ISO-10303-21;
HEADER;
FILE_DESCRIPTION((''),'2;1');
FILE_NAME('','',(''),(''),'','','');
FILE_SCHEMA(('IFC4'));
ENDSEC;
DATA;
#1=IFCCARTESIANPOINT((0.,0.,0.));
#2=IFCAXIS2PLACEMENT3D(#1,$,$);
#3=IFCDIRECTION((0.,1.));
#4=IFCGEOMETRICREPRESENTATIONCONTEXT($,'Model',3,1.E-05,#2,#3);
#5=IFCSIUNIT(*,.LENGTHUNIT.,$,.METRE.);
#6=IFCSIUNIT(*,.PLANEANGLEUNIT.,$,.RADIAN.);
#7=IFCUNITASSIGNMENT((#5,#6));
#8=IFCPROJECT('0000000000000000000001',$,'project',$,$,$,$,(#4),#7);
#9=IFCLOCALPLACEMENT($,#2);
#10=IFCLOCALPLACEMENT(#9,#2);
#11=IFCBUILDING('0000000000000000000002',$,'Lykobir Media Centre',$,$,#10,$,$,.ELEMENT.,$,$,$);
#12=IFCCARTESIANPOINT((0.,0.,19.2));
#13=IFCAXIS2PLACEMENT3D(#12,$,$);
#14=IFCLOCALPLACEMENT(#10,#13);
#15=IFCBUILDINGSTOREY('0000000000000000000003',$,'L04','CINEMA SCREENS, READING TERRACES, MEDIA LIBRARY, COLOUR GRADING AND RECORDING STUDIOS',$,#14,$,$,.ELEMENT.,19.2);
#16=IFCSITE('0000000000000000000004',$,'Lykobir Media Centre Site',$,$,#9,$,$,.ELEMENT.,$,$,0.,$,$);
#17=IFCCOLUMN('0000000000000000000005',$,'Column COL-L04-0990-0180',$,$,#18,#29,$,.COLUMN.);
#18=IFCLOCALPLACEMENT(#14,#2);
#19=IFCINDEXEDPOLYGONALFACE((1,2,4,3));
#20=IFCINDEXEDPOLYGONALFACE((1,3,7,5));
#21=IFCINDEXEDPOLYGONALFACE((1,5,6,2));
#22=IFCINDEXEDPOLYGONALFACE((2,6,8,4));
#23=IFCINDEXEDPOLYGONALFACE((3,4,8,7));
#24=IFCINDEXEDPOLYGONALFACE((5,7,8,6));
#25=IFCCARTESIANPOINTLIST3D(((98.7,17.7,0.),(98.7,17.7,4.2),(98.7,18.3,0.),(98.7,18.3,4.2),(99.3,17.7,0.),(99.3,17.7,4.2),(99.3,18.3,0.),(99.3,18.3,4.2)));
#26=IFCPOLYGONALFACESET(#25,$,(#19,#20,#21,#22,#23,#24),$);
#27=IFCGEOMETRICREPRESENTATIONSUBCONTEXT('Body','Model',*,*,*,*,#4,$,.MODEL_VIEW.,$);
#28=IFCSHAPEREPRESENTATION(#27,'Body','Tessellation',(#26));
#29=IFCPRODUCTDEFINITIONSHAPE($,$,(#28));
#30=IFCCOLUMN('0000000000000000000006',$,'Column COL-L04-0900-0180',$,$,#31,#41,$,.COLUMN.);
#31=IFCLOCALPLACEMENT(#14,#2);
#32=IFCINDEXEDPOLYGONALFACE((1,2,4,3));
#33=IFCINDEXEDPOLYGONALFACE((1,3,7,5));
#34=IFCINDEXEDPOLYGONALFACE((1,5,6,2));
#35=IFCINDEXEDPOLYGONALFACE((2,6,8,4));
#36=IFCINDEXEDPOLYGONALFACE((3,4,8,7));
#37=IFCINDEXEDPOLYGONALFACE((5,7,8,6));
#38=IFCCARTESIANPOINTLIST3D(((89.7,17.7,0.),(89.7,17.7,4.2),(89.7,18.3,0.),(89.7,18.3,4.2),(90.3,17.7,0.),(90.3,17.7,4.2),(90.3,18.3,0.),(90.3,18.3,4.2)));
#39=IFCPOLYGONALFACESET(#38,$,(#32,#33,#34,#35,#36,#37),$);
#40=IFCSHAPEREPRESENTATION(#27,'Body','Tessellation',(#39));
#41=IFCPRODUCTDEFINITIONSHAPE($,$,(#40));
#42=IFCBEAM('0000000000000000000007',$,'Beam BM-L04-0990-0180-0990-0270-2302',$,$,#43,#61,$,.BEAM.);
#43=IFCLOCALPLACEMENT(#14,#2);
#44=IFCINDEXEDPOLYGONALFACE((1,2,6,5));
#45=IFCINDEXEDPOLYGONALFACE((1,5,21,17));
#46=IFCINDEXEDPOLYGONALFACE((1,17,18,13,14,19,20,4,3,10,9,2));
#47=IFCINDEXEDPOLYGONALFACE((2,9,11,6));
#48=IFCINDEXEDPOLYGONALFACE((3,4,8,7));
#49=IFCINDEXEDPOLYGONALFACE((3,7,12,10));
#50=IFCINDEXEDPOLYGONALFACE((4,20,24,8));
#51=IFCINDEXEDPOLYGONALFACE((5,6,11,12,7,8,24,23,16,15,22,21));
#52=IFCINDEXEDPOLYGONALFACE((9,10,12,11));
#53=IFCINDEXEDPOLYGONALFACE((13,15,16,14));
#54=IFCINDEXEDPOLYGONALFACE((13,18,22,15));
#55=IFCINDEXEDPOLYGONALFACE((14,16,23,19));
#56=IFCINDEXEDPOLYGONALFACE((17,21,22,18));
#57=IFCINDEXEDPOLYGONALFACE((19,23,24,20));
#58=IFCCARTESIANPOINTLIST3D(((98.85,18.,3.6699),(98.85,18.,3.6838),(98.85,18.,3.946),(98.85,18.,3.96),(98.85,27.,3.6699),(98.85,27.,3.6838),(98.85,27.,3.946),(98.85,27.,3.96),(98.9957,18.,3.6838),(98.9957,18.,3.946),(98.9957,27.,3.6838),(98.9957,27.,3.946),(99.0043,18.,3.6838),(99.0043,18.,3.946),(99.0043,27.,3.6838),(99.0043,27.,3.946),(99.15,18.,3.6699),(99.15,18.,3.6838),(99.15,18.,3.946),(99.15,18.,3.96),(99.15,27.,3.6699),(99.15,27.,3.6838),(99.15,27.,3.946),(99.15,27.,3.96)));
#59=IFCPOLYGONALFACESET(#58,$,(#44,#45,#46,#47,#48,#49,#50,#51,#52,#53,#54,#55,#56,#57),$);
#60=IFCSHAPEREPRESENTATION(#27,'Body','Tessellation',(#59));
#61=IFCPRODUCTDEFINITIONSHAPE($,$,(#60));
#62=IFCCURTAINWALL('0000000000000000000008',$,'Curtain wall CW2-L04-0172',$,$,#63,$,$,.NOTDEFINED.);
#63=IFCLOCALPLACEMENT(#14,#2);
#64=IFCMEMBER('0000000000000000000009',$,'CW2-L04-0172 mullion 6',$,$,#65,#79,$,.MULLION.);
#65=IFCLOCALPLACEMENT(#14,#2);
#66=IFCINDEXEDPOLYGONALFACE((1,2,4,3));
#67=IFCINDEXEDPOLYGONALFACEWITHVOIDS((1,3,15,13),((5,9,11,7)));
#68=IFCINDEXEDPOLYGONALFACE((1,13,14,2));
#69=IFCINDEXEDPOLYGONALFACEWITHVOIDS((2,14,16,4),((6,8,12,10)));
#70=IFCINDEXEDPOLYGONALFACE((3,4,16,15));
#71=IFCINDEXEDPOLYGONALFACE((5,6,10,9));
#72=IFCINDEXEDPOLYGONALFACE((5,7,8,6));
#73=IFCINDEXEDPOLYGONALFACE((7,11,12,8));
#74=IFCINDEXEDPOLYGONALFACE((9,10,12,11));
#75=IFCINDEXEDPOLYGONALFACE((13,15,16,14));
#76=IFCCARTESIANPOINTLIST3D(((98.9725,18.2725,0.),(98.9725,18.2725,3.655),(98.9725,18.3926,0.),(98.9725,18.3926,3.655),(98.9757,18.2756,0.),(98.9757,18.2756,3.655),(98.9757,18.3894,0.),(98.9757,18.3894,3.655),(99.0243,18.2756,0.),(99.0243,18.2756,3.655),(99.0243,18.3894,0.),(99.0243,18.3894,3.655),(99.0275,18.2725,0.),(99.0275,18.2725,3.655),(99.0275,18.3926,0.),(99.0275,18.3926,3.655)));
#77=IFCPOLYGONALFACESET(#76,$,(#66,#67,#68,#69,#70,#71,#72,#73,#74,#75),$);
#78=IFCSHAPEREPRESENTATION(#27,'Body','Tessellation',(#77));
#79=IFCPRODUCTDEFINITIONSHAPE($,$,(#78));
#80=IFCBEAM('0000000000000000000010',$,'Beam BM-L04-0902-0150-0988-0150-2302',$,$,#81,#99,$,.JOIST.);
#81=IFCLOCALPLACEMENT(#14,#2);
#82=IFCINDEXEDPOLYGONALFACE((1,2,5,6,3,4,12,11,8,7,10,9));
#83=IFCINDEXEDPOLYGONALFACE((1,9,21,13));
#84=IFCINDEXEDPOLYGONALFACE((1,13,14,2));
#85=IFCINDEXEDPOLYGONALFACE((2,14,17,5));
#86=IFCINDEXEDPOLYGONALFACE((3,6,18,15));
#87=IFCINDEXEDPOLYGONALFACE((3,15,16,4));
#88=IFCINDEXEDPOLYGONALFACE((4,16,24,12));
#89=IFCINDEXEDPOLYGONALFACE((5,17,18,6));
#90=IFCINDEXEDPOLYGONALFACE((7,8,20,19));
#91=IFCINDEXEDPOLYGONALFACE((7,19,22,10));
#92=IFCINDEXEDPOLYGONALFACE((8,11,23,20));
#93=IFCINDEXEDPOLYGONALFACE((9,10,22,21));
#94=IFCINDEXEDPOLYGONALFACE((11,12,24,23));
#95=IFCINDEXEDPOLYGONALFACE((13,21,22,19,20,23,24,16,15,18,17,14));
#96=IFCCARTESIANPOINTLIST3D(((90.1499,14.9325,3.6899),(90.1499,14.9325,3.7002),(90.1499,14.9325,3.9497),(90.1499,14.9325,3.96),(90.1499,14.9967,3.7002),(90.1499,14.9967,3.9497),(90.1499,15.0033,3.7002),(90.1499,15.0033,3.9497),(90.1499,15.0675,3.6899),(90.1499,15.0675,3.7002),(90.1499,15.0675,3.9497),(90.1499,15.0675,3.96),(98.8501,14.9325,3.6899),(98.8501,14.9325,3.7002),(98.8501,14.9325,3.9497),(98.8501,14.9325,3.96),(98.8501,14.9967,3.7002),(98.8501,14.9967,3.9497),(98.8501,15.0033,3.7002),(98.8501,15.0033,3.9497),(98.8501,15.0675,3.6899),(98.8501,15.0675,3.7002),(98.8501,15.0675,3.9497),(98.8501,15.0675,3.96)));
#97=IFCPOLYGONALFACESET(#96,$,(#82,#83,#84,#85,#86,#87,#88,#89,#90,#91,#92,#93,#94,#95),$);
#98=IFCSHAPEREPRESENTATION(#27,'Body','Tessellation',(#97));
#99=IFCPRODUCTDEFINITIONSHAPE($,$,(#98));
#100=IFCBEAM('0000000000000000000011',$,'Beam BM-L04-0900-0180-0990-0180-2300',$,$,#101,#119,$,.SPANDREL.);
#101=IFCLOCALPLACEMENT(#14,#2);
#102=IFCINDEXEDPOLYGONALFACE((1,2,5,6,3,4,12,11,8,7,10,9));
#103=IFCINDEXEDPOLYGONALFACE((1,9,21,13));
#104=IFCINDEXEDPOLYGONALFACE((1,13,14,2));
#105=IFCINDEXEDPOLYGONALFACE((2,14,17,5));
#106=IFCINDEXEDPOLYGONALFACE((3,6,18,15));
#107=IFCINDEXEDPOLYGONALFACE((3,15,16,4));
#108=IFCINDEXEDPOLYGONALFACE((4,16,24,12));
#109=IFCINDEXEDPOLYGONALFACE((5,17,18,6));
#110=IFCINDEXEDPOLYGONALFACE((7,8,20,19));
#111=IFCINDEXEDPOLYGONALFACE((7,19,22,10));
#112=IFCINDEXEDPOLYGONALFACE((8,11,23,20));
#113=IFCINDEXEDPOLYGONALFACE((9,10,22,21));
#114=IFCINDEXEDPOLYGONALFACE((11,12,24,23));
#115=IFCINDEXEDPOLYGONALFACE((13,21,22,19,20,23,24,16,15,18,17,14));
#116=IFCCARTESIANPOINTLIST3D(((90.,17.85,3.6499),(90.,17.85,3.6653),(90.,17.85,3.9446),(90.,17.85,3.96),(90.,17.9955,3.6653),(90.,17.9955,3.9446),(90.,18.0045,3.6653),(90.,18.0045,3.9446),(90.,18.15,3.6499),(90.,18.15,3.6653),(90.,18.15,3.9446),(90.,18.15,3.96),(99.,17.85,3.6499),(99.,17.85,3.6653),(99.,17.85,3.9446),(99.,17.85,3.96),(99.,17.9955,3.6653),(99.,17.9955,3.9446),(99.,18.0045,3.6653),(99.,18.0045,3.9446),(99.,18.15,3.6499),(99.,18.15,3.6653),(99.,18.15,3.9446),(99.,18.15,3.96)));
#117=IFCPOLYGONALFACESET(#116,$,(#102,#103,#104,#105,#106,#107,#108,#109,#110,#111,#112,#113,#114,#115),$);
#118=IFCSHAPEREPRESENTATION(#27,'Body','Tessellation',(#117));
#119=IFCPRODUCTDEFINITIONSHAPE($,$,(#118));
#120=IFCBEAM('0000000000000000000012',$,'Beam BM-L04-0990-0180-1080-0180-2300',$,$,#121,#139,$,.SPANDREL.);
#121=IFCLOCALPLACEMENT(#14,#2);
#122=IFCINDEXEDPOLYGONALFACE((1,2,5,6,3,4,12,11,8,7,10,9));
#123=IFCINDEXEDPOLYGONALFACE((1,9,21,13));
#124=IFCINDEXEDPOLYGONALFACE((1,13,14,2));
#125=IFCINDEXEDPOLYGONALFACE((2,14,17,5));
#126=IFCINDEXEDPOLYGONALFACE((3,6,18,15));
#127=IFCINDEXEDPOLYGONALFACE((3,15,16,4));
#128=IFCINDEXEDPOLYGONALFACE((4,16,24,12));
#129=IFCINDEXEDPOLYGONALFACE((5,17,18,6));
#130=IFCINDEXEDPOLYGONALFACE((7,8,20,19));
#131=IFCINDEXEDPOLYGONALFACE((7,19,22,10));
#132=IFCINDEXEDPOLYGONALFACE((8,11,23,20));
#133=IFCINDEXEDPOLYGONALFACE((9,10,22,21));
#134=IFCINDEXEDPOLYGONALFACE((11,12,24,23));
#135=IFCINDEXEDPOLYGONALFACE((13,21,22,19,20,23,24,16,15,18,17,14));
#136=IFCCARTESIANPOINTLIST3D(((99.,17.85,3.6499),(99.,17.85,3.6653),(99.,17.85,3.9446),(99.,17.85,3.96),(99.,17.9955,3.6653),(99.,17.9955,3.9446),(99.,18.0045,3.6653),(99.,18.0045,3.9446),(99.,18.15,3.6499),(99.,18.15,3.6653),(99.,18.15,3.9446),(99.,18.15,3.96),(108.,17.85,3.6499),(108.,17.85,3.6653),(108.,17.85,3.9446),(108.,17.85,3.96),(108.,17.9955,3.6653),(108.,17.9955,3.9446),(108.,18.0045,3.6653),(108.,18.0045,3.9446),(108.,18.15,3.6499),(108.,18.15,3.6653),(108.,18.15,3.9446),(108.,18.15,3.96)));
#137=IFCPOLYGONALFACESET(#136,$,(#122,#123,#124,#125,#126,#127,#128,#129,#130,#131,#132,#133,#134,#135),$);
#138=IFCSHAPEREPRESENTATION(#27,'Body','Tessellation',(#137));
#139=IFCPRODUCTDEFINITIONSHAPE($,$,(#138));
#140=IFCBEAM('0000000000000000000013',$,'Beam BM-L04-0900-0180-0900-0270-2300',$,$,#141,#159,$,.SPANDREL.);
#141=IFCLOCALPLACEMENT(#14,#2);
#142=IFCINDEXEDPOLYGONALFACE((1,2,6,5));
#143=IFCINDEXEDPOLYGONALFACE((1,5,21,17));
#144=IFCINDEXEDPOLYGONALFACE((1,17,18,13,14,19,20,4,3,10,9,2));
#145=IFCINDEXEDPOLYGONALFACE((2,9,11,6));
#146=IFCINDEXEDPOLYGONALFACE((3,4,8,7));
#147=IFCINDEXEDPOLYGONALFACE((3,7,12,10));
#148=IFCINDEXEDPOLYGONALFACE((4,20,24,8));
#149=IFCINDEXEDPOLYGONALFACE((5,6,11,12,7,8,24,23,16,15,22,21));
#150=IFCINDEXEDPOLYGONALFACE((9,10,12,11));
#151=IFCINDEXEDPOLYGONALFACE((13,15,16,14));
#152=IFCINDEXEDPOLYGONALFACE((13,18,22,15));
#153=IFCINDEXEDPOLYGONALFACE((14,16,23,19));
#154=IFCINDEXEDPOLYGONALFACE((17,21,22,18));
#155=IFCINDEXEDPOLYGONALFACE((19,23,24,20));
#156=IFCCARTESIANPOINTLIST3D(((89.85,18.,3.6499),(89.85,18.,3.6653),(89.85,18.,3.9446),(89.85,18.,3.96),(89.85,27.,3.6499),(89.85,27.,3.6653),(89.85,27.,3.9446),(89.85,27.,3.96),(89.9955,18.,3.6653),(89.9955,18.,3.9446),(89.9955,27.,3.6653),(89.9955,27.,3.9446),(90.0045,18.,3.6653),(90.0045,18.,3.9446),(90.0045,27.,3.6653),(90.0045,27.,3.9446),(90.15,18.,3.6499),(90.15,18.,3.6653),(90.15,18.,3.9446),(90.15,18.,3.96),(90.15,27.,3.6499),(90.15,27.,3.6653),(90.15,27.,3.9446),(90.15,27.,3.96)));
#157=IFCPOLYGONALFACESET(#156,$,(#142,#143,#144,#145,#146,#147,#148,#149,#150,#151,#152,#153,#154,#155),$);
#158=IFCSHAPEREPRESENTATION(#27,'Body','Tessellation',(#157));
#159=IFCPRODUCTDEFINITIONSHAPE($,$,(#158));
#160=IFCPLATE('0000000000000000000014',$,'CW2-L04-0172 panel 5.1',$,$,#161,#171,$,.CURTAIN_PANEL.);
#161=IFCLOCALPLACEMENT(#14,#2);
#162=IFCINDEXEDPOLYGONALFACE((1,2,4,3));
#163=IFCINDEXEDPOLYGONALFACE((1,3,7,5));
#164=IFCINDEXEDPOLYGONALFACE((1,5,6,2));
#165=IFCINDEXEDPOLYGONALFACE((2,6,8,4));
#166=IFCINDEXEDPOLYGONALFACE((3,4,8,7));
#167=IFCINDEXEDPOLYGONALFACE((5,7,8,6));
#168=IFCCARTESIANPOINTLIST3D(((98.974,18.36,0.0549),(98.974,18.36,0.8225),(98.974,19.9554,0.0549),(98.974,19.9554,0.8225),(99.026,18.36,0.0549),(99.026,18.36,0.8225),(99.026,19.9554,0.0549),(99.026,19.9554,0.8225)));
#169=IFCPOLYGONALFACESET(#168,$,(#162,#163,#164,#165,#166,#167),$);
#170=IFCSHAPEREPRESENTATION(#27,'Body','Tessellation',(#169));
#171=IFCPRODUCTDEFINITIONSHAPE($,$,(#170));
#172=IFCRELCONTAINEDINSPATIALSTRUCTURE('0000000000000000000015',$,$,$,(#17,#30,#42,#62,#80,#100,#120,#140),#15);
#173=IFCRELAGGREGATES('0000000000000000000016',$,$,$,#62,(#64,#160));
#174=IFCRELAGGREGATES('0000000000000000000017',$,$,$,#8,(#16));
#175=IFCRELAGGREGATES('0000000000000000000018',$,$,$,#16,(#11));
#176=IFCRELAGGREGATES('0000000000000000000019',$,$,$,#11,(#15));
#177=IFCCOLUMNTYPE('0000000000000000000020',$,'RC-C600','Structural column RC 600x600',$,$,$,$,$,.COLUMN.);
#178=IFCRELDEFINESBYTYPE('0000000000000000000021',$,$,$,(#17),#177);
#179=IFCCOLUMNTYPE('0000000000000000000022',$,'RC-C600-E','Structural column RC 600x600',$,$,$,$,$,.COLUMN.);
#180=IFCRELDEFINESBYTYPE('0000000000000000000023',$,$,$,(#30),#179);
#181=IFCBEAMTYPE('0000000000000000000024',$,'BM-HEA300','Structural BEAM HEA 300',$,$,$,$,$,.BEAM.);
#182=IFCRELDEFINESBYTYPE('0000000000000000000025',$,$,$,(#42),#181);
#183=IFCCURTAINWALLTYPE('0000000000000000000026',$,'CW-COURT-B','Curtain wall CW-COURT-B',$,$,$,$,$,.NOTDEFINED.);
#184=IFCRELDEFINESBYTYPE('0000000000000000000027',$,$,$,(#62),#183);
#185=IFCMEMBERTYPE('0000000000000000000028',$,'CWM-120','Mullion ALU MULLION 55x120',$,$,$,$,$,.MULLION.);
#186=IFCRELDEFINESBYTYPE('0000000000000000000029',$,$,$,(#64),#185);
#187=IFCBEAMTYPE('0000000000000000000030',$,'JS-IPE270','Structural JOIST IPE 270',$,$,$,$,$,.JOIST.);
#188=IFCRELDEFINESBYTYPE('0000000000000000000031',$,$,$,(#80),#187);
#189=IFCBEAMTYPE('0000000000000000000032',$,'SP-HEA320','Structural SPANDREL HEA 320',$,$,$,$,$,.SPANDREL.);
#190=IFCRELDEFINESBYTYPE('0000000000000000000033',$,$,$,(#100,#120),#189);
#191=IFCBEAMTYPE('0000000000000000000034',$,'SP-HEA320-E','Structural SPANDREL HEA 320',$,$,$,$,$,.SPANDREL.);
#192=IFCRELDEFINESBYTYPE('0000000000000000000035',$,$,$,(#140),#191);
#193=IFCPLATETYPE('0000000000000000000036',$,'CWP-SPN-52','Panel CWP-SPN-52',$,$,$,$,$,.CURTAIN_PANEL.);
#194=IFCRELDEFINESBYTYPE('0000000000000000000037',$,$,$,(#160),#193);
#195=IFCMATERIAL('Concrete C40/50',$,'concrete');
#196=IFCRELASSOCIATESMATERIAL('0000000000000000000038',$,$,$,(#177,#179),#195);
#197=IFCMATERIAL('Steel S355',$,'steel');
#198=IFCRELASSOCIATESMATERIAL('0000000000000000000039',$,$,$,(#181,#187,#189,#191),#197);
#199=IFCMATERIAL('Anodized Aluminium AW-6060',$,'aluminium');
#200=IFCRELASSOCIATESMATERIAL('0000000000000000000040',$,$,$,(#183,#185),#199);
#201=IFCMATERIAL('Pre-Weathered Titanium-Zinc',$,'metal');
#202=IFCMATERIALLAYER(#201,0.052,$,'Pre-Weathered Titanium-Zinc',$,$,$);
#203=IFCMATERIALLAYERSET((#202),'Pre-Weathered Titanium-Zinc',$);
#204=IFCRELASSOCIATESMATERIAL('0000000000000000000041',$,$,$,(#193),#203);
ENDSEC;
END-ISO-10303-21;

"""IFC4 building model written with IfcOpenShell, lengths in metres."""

from ifc_helpers import new_model, si_unit, direction, frame, origin, origin_2d, place, context, subcontext, project, spatial, rectangle, hollow_rectangle, i_section, extrude, material, layer, layer_set, material_profile, profile_set, type_object, element, aggregate, save


model = new_model("IFC4")

# Units and contexts
model_context = context("Model", 3, precision=1e-05, world=origin(), true_north=direction((0.0, 1.0)))
body_context = subcontext(model_context, "Body", "Model", "MODEL_VIEW")
ifc_project = project(units=[si_unit("LENGTHUNIT", "METRE"), si_unit("PLANEANGLEUNIT", "RADIAN")], contexts=[model_context])

# Site, building, storey
site_placement = place(None, origin())
site = spatial("IfcSite", under=ifc_project, at=site_placement, Name="Lykobir Media Centre Site", CompositionType="ELEMENT", RefElevation=0.0)
building_placement = place(site_placement, origin())
building = spatial("IfcBuilding", under=site, at=building_placement, Name="Lykobir Media Centre", CompositionType="ELEMENT")
storey_placement = place(building_placement, frame((0.0, 0.0, 19.2)))
storey = spatial("IfcBuildingStorey", under=building, at=storey_placement, Name="L04", Description="CINEMA SCREENS, READING TERRACES, MEDIA LIBRARY, COLOUR GRADING AND RECORDING STUDIOS", CompositionType="ELEMENT", Elevation=19.2)

# Columns
ifc_material_1 = material(Name="Concrete C40/50", Category="concrete")
ifc_material_profile_1 = material_profile(ifc_material_1, rectangle(XDim=0.6001, YDim=0.6001, at=origin_2d()), Name="RC 600x600")
ifc_profile_set_1 = profile_set([ifc_material_profile_1], Name="Concrete C40/50")
column_type_1 = type_object("IfcColumnType", Name="RC-C600", Description="Structural column RC 600x600", PredefinedType="COLUMN", material=ifc_profile_set_1)
column_1_placement = place(storey_placement, frame((99.0, 18.0, 0.0), z_axis=(0.0, 0.0, 1.0), x_axis=(1.0, 0.0, 0.0)))
element("IfcColumn", 1, at=column_1_placement, inside=storey, type_object=column_type_1, Name="Column COL-L04-0990-0180", PredefinedType="COLUMN", context=body_context, shape_type="SweptSolid", body=[
    extrude(rectangle(XDim=0.6001, YDim=0.6001, at=origin_2d()), origin(), (0.0, 0.0, 1.0), 4.2),
])
ifc_material_profile_2 = material_profile(ifc_material_1, rectangle(XDim=0.6001, YDim=0.6001, at=origin_2d()), Name="RC 600x600")
ifc_profile_set_2 = profile_set([ifc_material_profile_2], Name="Concrete C40/50")
column_type_2 = type_object("IfcColumnType", Name="RC-C600-E", Description="Structural column RC 600x600", PredefinedType="COLUMN", material=ifc_profile_set_2)
column_2_placement = place(storey_placement, frame((90.0, 18.0, 0.0), z_axis=(0.0, 0.0, 1.0), x_axis=(1.0, 0.0, 0.0)))
element("IfcColumn", 2, at=column_2_placement, inside=storey, type_object=column_type_2, Name="Column COL-L04-0900-0180", PredefinedType="COLUMN", context=body_context, shape_type="SweptSolid", body=[
    extrude(rectangle(XDim=0.6001, YDim=0.6001, at=origin_2d()), origin(), (0.0, 0.0, 1.0), 4.2),
])

# Beam
ifc_material_2 = material(Name="Steel S355", Category="steel")
ifc_material_profile_3 = material_profile(ifc_material_2, i_section(OverallWidth=0.3, OverallDepth=0.29, WebThickness=0.0085, FlangeThickness=0.0139, at=origin_2d()), Name="HEA 300")
ifc_profile_set_3 = profile_set([ifc_material_profile_3], Name="Steel S355")
beam_type_1 = type_object("IfcBeamType", Name="BM-HEA300", Description="Structural BEAM HEA 300", PredefinedType="BEAM", material=ifc_profile_set_3)
beam_1_placement = place(storey_placement, frame((99.0, 18.0, 3.8149), z_axis=(0.0, 1.0, 0.0), x_axis=(-1.0, 0.0, 0.0)))
element("IfcBeam", 3, at=beam_1_placement, inside=storey, type_object=beam_type_1, Name="Beam BM-L04-0990-0180-0990-0270-2302", PredefinedType="BEAM", context=body_context, shape_type="SweptSolid", body=[
    extrude(i_section(OverallWidth=0.3, OverallDepth=0.29, WebThickness=0.0085, FlangeThickness=0.0139, at=origin_2d()), origin(), (0.0, 0.0, 1.0), 9.0),
])

# Curtain wall, member
ifc_material_3 = material(Name="Anodized Aluminium AW-6060", Category="aluminium")
curtain_wall_type = type_object("IfcCurtainWallType", Name="CW-COURT-B", Description="Curtain wall CW-COURT-B", PredefinedType="NOTDEFINED", material=ifc_material_3)
curtain_wall_placement = place(storey_placement, origin())
curtain_wall = element("IfcCurtainWall", 4, at=curtain_wall_placement, inside=storey, type_object=curtain_wall_type, Name="Curtain wall CW2-L04-0172", PredefinedType="NOTDEFINED")
ifc_material_profile_4 = material_profile(ifc_material_3, hollow_rectangle(XDim=0.0549, YDim=0.1201, WallThickness=0.0032, at=origin_2d()), Name="ALU MULLION 55x120")
ifc_profile_set_4 = profile_set([ifc_material_profile_4], Name="Anodized Aluminium AW-6060")
member_type = type_object("IfcMemberType", Name="CWM-120", Description="Mullion ALU MULLION 55x120", PredefinedType="MULLION", material=ifc_profile_set_4)
member_placement = place(storey_placement, frame((99.0, 18.3325, 0.0), z_axis=(0.0, 0.0, 1.0), x_axis=(1.0, 0.0, 0.0)))
member = element("IfcMember", 5, at=member_placement, type_object=member_type, Name="CW2-L04-0172 mullion 6", PredefinedType="MULLION", context=body_context, shape_type="SweptSolid", body=[
    extrude(hollow_rectangle(XDim=0.0549, YDim=0.1201, WallThickness=0.0032, at=origin_2d()), origin(), (0.0, 0.0, 1.0), 3.655),
])

# Beams
ifc_material_profile_5 = material_profile(ifc_material_2, i_section(OverallWidth=0.135, OverallDepth=0.27, WebThickness=0.0066, FlangeThickness=0.0103, at=origin_2d()), Name="IPE 270")
ifc_profile_set_5 = profile_set([ifc_material_profile_5], Name="Steel S355")
beam_type_2 = type_object("IfcBeamType", Name="JS-IPE270", Description="Structural JOIST IPE 270", PredefinedType="JOIST", material=ifc_profile_set_5)
beam_2_placement = place(storey_placement, frame((90.1499, 15.0, 3.825), z_axis=(1.0, 0.0, 0.0), x_axis=(0.0, 1.0, 0.0)))
element("IfcBeam", 6, at=beam_2_placement, inside=storey, type_object=beam_type_2, Name="Beam BM-L04-0902-0150-0988-0150-2302", PredefinedType="JOIST", context=body_context, shape_type="SweptSolid", body=[
    extrude(i_section(OverallWidth=0.135, OverallDepth=0.27, WebThickness=0.0066, FlangeThickness=0.0103, at=origin_2d()), origin(), (0.0, 0.0, 1.0), 8.7002),
])
ifc_material_profile_6 = material_profile(ifc_material_2, i_section(OverallWidth=0.3, OverallDepth=0.3101, WebThickness=0.009, FlangeThickness=0.0154, at=origin_2d()), Name="HEA 320")
ifc_profile_set_6 = profile_set([ifc_material_profile_6], Name="Steel S355")
beam_type_3 = type_object("IfcBeamType", Name="SP-HEA320", Description="Structural SPANDREL HEA 320", PredefinedType="SPANDREL", material=ifc_profile_set_6)
for number, where, z_axis, x_axis, name in (
    (7, (90.0, 18.0, 3.8049), (1.0, 0.0, 0.0), (0.0, 1.0, 0.0), "Beam BM-L04-0900-0180-0990-0180-2300"),
    (8, (99.0, 18.0, 3.8049), (1.0, 0.0, 0.0), (0.0, 1.0, 0.0), "Beam BM-L04-0990-0180-1080-0180-2300"),
):
    element("IfcBeam", number, at=place(storey_placement, frame(where, z_axis=z_axis, x_axis=x_axis)), inside=storey, type_object=beam_type_3, Name=name, PredefinedType="SPANDREL", context=body_context, shape_type="SweptSolid", body=[
        extrude(i_section(OverallWidth=0.3, OverallDepth=0.3101, WebThickness=0.009, FlangeThickness=0.0154, at=origin_2d()), origin(), (0.0, 0.0, 1.0), 9.0),
    ])
ifc_material_profile_7 = material_profile(ifc_material_2, i_section(OverallWidth=0.3, OverallDepth=0.3101, WebThickness=0.009, FlangeThickness=0.0154, at=origin_2d()), Name="HEA 320")
ifc_profile_set_7 = profile_set([ifc_material_profile_7], Name="Steel S355")
beam_type_4 = type_object("IfcBeamType", Name="SP-HEA320-E", Description="Structural SPANDREL HEA 320", PredefinedType="SPANDREL", material=ifc_profile_set_7)
beam_3_placement = place(storey_placement, frame((90.0, 18.0, 3.8049), z_axis=(0.0, 1.0, 0.0), x_axis=(-1.0, 0.0, 0.0)))
element("IfcBeam", 9, at=beam_3_placement, inside=storey, type_object=beam_type_4, Name="Beam BM-L04-0900-0180-0900-0270-2300", PredefinedType="SPANDREL", context=body_context, shape_type="SweptSolid", body=[
    extrude(i_section(OverallWidth=0.3, OverallDepth=0.3101, WebThickness=0.009, FlangeThickness=0.0154, at=origin_2d()), origin(), (0.0, 0.0, 1.0), 9.0),
])

# Plate
ifc_material_4 = material(Name="Pre-Weathered Titanium-Zinc", Category="metal")
ifc_layer_1 = layer(ifc_material_4, 0.052, Name="Pre-Weathered Titanium-Zinc")
ifc_layer_set_1 = layer_set([ifc_layer_1], Name="Pre-Weathered Titanium-Zinc")
plate_type = type_object("IfcPlateType", Name="CWP-SPN-52", Description="Panel CWP-SPN-52", PredefinedType="CURTAIN_PANEL", material=ifc_layer_set_1)
plate_placement = place(storey_placement, frame((99.0, 19.1577, 0.0549), z_axis=(0.0, 0.0, 1.0), x_axis=(0.0, -1.0, 0.0)))
plate = element("IfcPlate", 10, at=plate_placement, type_object=plate_type, Name="CW2-L04-0172 panel 5.1", PredefinedType="CURTAIN_PANEL", context=body_context, shape_type="SweptSolid", body=[
    extrude(rectangle(XDim=1.5955, YDim=0.052, at=origin_2d()), origin(), (0.0, 0.0, 1.0), 0.7676),
])
aggregate(curtain_wall, [member, plate])

save(model, "model.ifc")
